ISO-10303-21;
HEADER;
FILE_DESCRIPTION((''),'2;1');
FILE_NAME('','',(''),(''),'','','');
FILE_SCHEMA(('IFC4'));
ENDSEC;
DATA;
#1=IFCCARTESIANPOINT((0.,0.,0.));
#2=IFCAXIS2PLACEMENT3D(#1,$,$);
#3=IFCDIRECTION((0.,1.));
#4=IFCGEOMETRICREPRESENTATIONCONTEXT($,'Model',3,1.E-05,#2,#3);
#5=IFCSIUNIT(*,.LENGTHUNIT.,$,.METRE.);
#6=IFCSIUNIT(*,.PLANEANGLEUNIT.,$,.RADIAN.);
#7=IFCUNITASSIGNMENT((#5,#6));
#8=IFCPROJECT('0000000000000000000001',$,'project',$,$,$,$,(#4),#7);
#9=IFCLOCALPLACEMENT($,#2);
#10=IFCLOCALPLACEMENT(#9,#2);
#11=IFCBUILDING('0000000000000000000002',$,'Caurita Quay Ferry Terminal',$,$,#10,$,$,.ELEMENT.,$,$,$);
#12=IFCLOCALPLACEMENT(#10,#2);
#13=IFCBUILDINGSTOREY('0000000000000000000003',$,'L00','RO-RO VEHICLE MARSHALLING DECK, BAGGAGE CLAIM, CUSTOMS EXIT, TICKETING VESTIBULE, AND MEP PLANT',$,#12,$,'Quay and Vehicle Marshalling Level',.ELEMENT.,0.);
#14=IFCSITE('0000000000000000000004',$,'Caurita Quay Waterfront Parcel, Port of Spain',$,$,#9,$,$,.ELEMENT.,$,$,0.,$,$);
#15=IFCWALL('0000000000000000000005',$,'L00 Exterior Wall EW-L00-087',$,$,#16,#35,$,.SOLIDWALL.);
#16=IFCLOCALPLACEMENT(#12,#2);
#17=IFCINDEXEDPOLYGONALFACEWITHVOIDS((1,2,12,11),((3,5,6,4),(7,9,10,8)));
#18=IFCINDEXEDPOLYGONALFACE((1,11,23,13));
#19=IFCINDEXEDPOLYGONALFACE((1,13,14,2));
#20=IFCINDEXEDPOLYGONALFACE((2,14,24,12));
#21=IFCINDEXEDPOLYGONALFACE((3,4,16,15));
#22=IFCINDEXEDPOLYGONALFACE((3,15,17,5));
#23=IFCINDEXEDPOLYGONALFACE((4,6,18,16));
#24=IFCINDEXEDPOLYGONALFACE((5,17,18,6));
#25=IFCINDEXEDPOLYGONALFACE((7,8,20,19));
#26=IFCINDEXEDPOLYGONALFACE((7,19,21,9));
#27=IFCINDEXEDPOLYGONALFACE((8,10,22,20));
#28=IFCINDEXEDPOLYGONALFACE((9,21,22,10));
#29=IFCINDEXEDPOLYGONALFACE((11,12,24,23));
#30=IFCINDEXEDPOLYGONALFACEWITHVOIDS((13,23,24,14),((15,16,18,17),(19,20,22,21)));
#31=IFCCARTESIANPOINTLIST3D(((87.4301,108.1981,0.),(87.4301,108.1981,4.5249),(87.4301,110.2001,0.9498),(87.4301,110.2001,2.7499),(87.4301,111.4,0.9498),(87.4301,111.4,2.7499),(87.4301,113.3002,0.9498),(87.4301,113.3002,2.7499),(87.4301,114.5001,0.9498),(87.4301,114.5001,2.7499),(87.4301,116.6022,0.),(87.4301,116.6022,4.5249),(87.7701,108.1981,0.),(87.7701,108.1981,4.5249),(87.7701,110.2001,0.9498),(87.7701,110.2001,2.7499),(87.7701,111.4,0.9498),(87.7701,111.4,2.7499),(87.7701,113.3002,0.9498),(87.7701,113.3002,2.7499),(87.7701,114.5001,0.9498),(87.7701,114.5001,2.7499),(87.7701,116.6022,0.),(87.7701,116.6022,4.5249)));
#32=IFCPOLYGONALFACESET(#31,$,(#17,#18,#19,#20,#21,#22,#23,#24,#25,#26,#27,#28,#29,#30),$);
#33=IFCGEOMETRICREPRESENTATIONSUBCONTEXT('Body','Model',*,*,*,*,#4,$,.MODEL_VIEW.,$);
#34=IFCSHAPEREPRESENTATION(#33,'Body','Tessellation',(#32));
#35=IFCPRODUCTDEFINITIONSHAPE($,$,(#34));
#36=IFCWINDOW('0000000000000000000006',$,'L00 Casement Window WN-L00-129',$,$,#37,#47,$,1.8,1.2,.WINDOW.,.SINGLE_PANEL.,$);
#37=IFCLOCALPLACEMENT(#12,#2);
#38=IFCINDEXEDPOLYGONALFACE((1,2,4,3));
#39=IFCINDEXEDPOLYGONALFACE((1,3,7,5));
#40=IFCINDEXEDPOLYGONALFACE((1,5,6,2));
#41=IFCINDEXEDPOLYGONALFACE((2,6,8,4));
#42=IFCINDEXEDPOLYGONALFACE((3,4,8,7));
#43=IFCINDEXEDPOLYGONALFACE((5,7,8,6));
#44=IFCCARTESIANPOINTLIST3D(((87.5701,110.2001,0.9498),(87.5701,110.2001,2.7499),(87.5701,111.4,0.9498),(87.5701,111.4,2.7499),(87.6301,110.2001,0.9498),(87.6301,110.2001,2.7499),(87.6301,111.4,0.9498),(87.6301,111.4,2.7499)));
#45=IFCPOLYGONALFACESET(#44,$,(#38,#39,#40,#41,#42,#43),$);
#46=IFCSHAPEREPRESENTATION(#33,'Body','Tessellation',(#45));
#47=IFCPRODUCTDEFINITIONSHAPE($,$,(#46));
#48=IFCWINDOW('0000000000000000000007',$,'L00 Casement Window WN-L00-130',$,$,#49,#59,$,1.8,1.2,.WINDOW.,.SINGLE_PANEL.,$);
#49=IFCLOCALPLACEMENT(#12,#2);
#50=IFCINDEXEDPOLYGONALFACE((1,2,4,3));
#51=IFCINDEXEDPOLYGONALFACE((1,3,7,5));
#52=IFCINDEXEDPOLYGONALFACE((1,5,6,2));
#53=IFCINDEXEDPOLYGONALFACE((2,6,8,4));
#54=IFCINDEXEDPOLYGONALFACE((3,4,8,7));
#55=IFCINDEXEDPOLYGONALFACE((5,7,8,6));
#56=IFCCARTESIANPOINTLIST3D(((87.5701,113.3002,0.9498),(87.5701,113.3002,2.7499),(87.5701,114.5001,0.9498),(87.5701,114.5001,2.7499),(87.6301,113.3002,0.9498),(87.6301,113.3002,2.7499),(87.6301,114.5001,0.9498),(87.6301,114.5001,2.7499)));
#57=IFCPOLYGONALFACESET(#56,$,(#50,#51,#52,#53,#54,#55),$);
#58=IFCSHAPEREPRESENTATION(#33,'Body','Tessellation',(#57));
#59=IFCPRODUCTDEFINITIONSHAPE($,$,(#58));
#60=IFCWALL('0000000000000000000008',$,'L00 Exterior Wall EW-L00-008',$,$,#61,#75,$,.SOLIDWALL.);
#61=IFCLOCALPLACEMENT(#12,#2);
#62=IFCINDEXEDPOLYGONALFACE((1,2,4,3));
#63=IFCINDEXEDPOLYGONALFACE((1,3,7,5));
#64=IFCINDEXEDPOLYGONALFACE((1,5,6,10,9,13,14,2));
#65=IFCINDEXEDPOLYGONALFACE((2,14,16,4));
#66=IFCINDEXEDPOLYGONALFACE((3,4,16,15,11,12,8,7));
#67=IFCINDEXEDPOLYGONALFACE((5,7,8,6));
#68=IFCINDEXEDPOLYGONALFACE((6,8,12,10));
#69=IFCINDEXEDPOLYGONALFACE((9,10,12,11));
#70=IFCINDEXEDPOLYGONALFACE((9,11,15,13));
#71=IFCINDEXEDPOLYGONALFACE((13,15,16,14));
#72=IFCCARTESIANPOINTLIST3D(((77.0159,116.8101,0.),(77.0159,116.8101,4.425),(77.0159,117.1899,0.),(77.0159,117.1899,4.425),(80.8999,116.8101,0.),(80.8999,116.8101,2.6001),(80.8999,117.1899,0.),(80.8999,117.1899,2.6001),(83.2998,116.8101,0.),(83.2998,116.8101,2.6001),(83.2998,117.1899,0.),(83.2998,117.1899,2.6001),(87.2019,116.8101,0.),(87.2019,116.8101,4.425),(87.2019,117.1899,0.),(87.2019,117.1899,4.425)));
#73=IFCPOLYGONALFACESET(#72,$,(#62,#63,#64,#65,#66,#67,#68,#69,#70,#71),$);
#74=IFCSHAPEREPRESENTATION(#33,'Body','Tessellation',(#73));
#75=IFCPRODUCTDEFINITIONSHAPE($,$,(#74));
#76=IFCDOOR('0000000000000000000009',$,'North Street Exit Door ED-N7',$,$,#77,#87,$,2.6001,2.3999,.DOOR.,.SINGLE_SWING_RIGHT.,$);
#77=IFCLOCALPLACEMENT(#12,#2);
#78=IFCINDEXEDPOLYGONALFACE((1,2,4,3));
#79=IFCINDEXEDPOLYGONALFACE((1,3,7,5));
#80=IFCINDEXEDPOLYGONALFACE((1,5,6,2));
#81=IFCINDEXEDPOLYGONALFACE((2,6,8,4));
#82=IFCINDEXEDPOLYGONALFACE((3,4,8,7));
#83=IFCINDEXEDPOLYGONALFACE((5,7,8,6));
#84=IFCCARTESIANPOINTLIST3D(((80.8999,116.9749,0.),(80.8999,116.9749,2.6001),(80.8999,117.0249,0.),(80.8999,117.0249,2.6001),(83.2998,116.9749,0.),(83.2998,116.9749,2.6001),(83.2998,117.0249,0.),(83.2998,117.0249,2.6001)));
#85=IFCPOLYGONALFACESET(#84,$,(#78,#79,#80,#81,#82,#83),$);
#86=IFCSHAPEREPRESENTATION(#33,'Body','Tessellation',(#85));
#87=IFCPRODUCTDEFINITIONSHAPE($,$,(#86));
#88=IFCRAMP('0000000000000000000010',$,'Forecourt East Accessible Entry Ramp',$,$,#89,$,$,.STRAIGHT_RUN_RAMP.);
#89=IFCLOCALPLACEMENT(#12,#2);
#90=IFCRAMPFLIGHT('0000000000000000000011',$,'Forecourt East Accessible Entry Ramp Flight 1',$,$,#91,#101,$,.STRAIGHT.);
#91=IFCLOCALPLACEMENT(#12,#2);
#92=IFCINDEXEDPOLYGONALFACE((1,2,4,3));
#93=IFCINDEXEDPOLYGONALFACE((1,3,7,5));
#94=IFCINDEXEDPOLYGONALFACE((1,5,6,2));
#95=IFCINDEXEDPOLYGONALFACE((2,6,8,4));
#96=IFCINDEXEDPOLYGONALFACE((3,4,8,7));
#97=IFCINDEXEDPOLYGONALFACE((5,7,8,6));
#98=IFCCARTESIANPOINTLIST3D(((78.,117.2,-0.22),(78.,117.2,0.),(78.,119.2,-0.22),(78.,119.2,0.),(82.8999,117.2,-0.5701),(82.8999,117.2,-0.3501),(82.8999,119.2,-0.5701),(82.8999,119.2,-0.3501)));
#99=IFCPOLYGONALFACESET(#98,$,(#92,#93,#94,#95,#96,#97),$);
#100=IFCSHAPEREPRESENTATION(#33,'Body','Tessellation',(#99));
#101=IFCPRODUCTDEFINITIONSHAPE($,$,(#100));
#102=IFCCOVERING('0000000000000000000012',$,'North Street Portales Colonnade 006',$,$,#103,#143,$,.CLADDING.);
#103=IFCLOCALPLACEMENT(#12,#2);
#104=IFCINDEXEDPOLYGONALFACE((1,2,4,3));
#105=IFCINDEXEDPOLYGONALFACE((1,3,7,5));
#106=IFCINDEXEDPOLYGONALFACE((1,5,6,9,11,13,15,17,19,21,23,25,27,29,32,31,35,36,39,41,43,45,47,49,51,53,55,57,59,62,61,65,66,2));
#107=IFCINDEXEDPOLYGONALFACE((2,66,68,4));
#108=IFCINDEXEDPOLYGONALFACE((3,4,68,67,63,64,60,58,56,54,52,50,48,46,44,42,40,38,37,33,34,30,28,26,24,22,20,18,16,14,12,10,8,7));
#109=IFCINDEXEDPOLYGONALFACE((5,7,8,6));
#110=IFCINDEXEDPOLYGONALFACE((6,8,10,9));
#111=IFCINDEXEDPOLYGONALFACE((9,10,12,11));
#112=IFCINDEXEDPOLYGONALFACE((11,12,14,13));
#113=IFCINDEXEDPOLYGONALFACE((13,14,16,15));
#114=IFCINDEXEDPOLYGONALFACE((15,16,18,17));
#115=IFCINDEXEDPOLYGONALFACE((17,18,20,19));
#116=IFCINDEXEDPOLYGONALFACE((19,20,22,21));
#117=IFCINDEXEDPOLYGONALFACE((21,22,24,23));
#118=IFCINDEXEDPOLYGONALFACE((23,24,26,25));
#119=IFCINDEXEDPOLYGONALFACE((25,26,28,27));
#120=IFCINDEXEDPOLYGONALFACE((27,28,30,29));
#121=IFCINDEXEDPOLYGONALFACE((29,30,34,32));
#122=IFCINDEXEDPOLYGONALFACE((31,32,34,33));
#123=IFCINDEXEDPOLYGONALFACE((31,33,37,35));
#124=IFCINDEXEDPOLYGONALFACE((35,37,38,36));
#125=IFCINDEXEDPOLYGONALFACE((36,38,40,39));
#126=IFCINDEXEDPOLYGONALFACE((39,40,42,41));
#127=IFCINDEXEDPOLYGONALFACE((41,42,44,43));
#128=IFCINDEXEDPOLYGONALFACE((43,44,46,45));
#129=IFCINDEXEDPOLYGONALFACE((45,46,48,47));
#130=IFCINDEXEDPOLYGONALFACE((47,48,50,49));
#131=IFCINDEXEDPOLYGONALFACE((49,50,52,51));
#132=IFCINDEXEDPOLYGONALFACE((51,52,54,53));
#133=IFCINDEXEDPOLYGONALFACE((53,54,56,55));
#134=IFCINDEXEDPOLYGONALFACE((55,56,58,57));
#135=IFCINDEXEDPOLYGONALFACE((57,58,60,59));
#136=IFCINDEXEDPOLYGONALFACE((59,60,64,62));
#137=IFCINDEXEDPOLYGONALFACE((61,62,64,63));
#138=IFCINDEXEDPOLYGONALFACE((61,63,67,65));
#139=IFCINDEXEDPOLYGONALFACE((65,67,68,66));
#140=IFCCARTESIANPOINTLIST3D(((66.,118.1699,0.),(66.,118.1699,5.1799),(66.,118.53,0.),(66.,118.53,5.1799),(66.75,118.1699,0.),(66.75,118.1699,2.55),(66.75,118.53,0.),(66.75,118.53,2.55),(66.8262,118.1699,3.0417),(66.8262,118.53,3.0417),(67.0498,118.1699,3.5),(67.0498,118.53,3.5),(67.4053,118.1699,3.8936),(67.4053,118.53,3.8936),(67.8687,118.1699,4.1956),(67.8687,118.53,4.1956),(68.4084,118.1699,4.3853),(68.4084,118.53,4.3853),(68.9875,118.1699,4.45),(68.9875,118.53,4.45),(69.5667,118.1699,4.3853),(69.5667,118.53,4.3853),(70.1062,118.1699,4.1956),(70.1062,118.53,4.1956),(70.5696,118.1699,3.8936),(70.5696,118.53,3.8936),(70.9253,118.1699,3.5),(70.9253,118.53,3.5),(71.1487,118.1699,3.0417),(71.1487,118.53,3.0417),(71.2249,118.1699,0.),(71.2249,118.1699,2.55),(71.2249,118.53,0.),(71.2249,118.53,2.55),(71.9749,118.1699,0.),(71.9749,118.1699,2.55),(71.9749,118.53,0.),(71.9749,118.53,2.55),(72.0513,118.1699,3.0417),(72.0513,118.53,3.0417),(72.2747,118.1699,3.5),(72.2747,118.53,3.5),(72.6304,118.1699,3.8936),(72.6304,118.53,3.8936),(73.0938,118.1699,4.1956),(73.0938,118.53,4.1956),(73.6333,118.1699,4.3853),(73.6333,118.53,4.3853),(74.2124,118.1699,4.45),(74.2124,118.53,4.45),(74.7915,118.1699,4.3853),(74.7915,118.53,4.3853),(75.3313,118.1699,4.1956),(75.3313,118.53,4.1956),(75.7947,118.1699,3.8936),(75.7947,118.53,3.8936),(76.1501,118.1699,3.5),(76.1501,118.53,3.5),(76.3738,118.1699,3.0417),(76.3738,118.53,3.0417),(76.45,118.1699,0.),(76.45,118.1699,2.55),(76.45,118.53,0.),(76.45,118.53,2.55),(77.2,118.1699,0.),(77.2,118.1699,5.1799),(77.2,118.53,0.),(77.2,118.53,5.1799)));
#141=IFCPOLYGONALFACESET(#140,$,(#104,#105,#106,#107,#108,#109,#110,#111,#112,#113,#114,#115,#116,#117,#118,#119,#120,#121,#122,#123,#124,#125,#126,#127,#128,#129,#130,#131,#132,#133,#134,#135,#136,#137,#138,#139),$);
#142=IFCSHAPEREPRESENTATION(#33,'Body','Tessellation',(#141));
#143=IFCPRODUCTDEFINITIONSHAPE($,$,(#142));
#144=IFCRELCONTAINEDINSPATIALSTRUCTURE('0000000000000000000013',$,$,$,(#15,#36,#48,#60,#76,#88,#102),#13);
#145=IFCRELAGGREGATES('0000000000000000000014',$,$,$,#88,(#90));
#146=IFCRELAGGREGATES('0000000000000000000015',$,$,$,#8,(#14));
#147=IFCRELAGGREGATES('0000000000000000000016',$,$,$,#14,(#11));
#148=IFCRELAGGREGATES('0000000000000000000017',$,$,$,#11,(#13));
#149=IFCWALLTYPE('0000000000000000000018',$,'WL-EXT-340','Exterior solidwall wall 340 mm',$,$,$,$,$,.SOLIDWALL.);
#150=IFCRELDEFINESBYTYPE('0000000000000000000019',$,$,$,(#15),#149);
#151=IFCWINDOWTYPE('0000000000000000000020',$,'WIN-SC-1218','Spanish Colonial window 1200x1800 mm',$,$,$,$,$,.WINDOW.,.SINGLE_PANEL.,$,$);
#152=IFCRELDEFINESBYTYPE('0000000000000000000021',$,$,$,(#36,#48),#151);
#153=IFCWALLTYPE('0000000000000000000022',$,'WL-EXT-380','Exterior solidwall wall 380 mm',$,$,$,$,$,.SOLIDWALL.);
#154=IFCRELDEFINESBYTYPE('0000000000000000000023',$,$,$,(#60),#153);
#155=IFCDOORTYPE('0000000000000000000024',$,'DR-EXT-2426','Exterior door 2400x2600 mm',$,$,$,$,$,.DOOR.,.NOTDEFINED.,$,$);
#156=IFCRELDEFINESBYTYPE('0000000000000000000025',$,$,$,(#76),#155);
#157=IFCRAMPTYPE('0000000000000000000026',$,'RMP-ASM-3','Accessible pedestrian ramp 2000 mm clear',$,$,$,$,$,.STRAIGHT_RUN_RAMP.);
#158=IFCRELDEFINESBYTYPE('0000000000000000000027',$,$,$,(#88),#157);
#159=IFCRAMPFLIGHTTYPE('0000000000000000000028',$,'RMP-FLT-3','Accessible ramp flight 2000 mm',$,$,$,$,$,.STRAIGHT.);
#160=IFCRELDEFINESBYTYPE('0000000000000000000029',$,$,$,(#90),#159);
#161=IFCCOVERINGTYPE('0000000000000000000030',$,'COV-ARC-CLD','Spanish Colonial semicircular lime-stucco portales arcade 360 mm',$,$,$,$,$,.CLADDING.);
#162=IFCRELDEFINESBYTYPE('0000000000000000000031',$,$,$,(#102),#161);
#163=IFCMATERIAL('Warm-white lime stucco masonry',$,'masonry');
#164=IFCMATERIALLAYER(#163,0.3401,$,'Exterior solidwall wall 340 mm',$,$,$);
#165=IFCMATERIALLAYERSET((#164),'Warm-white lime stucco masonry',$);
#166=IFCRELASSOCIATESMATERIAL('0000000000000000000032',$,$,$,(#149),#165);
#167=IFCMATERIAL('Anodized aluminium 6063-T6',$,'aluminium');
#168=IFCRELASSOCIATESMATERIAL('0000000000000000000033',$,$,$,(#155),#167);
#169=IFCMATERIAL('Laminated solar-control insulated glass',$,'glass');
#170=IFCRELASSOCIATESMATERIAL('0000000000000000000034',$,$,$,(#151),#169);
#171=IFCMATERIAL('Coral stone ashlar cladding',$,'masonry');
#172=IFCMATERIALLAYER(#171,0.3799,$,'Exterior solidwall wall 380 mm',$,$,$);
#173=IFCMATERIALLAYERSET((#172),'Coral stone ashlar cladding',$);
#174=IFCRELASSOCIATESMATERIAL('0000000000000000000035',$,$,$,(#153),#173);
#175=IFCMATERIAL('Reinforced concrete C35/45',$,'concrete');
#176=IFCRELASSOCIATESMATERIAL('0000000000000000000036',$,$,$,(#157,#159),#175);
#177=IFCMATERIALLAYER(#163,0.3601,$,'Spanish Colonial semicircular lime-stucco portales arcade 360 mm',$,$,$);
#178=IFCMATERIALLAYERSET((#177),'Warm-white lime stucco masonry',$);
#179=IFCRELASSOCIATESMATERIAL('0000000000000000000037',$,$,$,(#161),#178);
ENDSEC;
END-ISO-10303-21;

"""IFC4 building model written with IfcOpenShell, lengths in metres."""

from ifc_helpers import new_model, si_unit, direction, frame, frame_2d, origin, place, context, subcontext, project, spatial, polyline, rectangle, outline, extrude, material, layer, layer_set, type_object, element, fill, aggregate, save


model = new_model("IFC4")

# Units and contexts
model_context = context("Model", 3, precision=1e-05, world=origin(), true_north=direction((0.0, 1.0)))
body_context = subcontext(model_context, "Body", "Model", "MODEL_VIEW")
ifc_project = project(units=[si_unit("LENGTHUNIT", "METRE"), si_unit("PLANEANGLEUNIT", "RADIAN")], contexts=[model_context])

# Site, building, storey
site_placement = place(None, origin())
site = spatial("IfcSite", under=ifc_project, at=site_placement, Name="Caurita Quay Waterfront Parcel, Port of Spain", CompositionType="ELEMENT", RefElevation=0.0)
building_placement = place(site_placement, origin())
building = spatial("IfcBuilding", under=site, at=building_placement, Name="Caurita Quay Ferry Terminal", CompositionType="ELEMENT")
storey_placement = place(building_placement, origin())
storey = spatial("IfcBuildingStorey", under=building, at=storey_placement, Name="L00", Description="RO-RO VEHICLE MARSHALLING DECK, BAGGAGE CLAIM, CUSTOMS EXIT, TICKETING VESTIBULE, AND MEP PLANT", LongName="Quay and Vehicle Marshalling Level", CompositionType="ELEMENT", Elevation=0.0)

# Shared definitions
ifc_material_1 = material(Name="Warm-white lime stucco masonry", Category="masonry")
ifc_layer_1 = layer(ifc_material_1, 0.3401, Name="Exterior solidwall wall 340 mm")
ifc_layer_set_1 = layer_set([ifc_layer_1], Name="Warm-white lime stucco masonry")
wall_type_1 = type_object("IfcWallType", Name="WL-EXT-340", Description="Exterior solidwall wall 340 mm", PredefinedType="SOLIDWALL", material=ifc_layer_set_1)
ifc_material_2 = material(Name="Anodized aluminium 6063-T6", Category="aluminium")
door_type = type_object("IfcDoorType", Name="DR-EXT-2426", Description="Exterior door 2400x2600 mm", OperationType="NOTDEFINED", PredefinedType="DOOR", material=ifc_material_2)

# Wall, openings, windows
wall_1_placement = place(storey_placement, frame((87.6001, 108.198, 0.0), z_axis=(0.0, 0.0, 1.0), x_axis=(0.0, 1.0, 0.0)))
wall_1 = element("IfcWall", 1, at=wall_1_placement, inside=storey, type_object=wall_type_1, Name="L00 Exterior Wall EW-L00-087", PredefinedType="SOLIDWALL", context=body_context, shape_type="SweptSolid", body=[
    extrude(rectangle(XDim=8.4041, YDim=0.3401, at=frame_2d((4.2021, 0.0))), origin(), (0.0, 0.0, 1.0), 4.5249),
])
opening_1_placement = place(wall_1_placement, frame((2.002, 0.0, 0.95)))
opening_1 = element("IfcOpeningElement", 2, at=opening_1_placement, cuts=wall_1, PredefinedType="OPENING", context=body_context, shape_type="SweptSolid", body=[
    extrude(rectangle(XDim=1.2, YDim=1.8, at=frame_2d((0.6001, 0.8999))), frame((0.0, 0.1799, 0.0), z_axis=(0.0, -1.0, 0.0), x_axis=(1.0, 0.0, 0.0)), (0.0, 0.0, 1.0), 0.3601),
])
opening_2_placement = place(wall_1_placement, frame((5.1021, 0.0, 0.95)))
opening_2 = element("IfcOpeningElement", 3, at=opening_2_placement, cuts=wall_1, PredefinedType="OPENING", context=body_context, shape_type="SweptSolid", body=[
    extrude(rectangle(XDim=1.2, YDim=1.8, at=frame_2d((0.6001, 0.8999))), frame((0.0, 0.1799, 0.0), z_axis=(0.0, -1.0, 0.0), x_axis=(1.0, 0.0, 0.0)), (0.0, 0.0, 1.0), 0.3601),
])
ifc_material_3 = material(Name="Laminated solar-control insulated glass", Category="glass")
window_type = type_object("IfcWindowType", Name="WIN-SC-1218", Description="Spanish Colonial window 1200x1800 mm", PartitioningType="SINGLE_PANEL", PredefinedType="WINDOW", material=ifc_material_3)
window_1_placement = place(opening_1_placement, origin())
window_1 = element("IfcWindow", 4, at=window_1_placement, inside=storey, type_object=window_type, Name="L00 Casement Window WN-L00-129", OverallHeight=1.8, OverallWidth=1.2, PartitioningType="SINGLE_PANEL", PredefinedType="WINDOW", context=body_context, shape_type="SweptSolid", body=[
    extrude(rectangle(XDim=1.2, YDim=1.8, at=frame_2d((0.6001, 0.8999))), frame((0.0, 0.03, 0.0), z_axis=(0.0, -1.0, 0.0), x_axis=(1.0, 0.0, 0.0)), (0.0, 0.0, 1.0), 0.0601),
])
fill(opening_1, window_1)
window_2_placement = place(opening_2_placement, origin())
window_2 = element("IfcWindow", 5, at=window_2_placement, inside=storey, type_object=window_type, Name="L00 Casement Window WN-L00-130", OverallHeight=1.8, OverallWidth=1.2, PartitioningType="SINGLE_PANEL", PredefinedType="WINDOW", context=body_context, shape_type="SweptSolid", body=[
    extrude(rectangle(XDim=1.2, YDim=1.8, at=frame_2d((0.6001, 0.8999))), frame((0.0, 0.03, 0.0), z_axis=(0.0, -1.0, 0.0), x_axis=(1.0, 0.0, 0.0)), (0.0, 0.0, 1.0), 0.0601),
])
fill(opening_2, window_2)

# Wall, opening, door
ifc_material_4 = material(Name="Coral stone ashlar cladding", Category="masonry")
ifc_layer_2 = layer(ifc_material_4, 0.3799, Name="Exterior solidwall wall 380 mm")
ifc_layer_set_2 = layer_set([ifc_layer_2], Name="Coral stone ashlar cladding")
wall_type_2 = type_object("IfcWallType", Name="WL-EXT-380", Description="Exterior solidwall wall 380 mm", PredefinedType="SOLIDWALL", material=ifc_layer_set_2)
wall_2_placement = place(storey_placement, frame((87.2019, 117.0, 0.0), z_axis=(0.0, 0.0, 1.0), x_axis=(-1.0, 0.0, 0.0)))
wall_2 = element("IfcWall", 6, at=wall_2_placement, inside=storey, type_object=wall_type_2, Name="L00 Exterior Wall EW-L00-008", PredefinedType="SOLIDWALL", context=body_context, shape_type="SweptSolid", body=[
    extrude(rectangle(XDim=10.186, YDim=0.3799, at=frame_2d((5.093, 0.0))), origin(), (0.0, 0.0, 1.0), 4.425),
])
opening_3_placement = place(wall_2_placement, frame((3.9021, 0.0, 0.0)))
opening_3 = element("IfcOpeningElement", 7, at=opening_3_placement, cuts=wall_2, PredefinedType="OPENING", context=body_context, shape_type="SweptSolid", body=[
    extrude(rectangle(XDim=2.3999, YDim=2.6001, at=frame_2d((1.2, 1.3))), frame((0.0, 0.2, 0.0), z_axis=(0.0, -1.0, 0.0), x_axis=(1.0, 0.0, 0.0)), (0.0, 0.0, 1.0), 0.3999),
])
door_1_placement = place(opening_3_placement, frame((2.3999, 0.0, 0.0), z_axis=(0.0, 0.0, 1.0), x_axis=(-1.0, 0.0, 0.0)))
door_1 = element("IfcDoor", 8, at=door_1_placement, inside=storey, type_object=door_type, Name="North Street Exit Door ED-N7", OperationType="SINGLE_SWING_RIGHT", OverallHeight=2.6001, OverallWidth=2.3999, PredefinedType="DOOR", context=body_context, shape_type="SweptSolid", body=[
    extrude(rectangle(XDim=2.3999, YDim=2.6001, at=frame_2d((1.2, 1.3))), frame((0.0, 0.0249, 0.0), z_axis=(0.0, -1.0, 0.0), x_axis=(1.0, 0.0, 0.0)), (0.0, 0.0, 1.0), 0.05),
])
fill(opening_3, door_1)

# Ramp, ramp flight
ifc_material_5 = material(Name="Reinforced concrete C35/45", Category="concrete")
ramp_type = type_object("IfcRampType", Name="RMP-ASM-3", Description="Accessible pedestrian ramp 2000 mm clear", PredefinedType="STRAIGHT_RUN_RAMP", material=ifc_material_5)
ramp_placement = place(storey_placement, origin())
ramp = element("IfcRamp", 9, at=ramp_placement, inside=storey, type_object=ramp_type, Name="Forecourt East Accessible Entry Ramp", PredefinedType="STRAIGHT_RUN_RAMP")
ramp_flight_type = type_object("IfcRampFlightType", Name="RMP-FLT-3", Description="Accessible ramp flight 2000 mm", PredefinedType="STRAIGHT", material=ifc_material_5)
ramp_flight_placement = place(storey_placement, frame((82.8999, 118.2, -0.3501), z_axis=(0.0, 0.0, 1.0), x_axis=(-1.0, 0.0, 0.0)))
ramp_flight = element("IfcRampFlight", 10, at=ramp_flight_placement, type_object=ramp_flight_type, Name="Forecourt East Accessible Entry Ramp Flight 1", PredefinedType="STRAIGHT", context=body_context, shape_type="SweptSolid", body=[
    extrude(outline(polyline([(0.0, 0.0), (0.0, -0.22), (4.8999, 0.1301), (4.8999, 0.3501), (0.0, 0.0)])), frame((0.0, 1.0, 0.0), z_axis=(0.0, -1.0, 0.0), x_axis=(1.0, 0.0, 0.0)), (0.0, 0.0, 1.0), 2.0),
])
aggregate(ramp, [ramp_flight])

# Covering
ifc_layer_3 = layer(ifc_material_1, 0.3601, Name="Spanish Colonial semicircular lime-stucco portales arcade 360 mm")
ifc_layer_set_3 = layer_set([ifc_layer_3], Name="Warm-white lime stucco masonry")
covering_type_1 = type_object("IfcCoveringType", Name="COV-ARC-CLD", Description="Spanish Colonial semicircular lime-stucco portales arcade 360 mm", PredefinedType="CLADDING", material=ifc_layer_set_3)
covering_1_placement = place(storey_placement, frame((77.2, 118.3501, 0.0), z_axis=(0.0, 0.0, 1.0), x_axis=(-1.0, 0.0, 0.0)))
element("IfcCovering", 11, at=covering_1_placement, inside=storey, type_object=covering_type_1, Name="North Street Portales Colonnade 006", PredefinedType="CLADDING", context=body_context, shape_type="SweptSolid", body=[
    extrude(outline(polyline([(0.0, 0.0), (0.75, 0.0), (0.75, 2.55), (0.8262, 3.0417), (1.0498, 3.5), (1.4053, 3.8936), (1.8687, 4.1956), (2.4084, 4.3853), (2.9875, 4.45), (3.5667, 4.3853), (4.1062, 4.1956), (4.5696, 3.8936), (4.9253, 3.5), (5.1487, 3.0417), (5.2251, 2.55), (5.2251, 0.0), (5.9751, 0.0), (5.9751, 2.55), (6.0513, 3.0417), (6.2747, 3.5), (6.6304, 3.8936), (7.0938, 4.1956), (7.6333, 4.3853), (8.2124, 4.45), (8.7915, 4.3853), (9.3313, 4.1956), (9.7947, 3.8936), (10.1501, 3.5), (10.3738, 3.0417), (10.45, 2.55), (10.45, 0.0), (11.2, 0.0), (11.2, 5.1799), (0.0, 5.1799), (0.0, 0.0)])), frame((0.0, 0.1802, 0.0), z_axis=(0.0, -1.0, 0.0), x_axis=(1.0, 0.0, 0.0)), (0.0, 0.0, 1.0), 0.3601),
])

save(model, "model.ifc")
